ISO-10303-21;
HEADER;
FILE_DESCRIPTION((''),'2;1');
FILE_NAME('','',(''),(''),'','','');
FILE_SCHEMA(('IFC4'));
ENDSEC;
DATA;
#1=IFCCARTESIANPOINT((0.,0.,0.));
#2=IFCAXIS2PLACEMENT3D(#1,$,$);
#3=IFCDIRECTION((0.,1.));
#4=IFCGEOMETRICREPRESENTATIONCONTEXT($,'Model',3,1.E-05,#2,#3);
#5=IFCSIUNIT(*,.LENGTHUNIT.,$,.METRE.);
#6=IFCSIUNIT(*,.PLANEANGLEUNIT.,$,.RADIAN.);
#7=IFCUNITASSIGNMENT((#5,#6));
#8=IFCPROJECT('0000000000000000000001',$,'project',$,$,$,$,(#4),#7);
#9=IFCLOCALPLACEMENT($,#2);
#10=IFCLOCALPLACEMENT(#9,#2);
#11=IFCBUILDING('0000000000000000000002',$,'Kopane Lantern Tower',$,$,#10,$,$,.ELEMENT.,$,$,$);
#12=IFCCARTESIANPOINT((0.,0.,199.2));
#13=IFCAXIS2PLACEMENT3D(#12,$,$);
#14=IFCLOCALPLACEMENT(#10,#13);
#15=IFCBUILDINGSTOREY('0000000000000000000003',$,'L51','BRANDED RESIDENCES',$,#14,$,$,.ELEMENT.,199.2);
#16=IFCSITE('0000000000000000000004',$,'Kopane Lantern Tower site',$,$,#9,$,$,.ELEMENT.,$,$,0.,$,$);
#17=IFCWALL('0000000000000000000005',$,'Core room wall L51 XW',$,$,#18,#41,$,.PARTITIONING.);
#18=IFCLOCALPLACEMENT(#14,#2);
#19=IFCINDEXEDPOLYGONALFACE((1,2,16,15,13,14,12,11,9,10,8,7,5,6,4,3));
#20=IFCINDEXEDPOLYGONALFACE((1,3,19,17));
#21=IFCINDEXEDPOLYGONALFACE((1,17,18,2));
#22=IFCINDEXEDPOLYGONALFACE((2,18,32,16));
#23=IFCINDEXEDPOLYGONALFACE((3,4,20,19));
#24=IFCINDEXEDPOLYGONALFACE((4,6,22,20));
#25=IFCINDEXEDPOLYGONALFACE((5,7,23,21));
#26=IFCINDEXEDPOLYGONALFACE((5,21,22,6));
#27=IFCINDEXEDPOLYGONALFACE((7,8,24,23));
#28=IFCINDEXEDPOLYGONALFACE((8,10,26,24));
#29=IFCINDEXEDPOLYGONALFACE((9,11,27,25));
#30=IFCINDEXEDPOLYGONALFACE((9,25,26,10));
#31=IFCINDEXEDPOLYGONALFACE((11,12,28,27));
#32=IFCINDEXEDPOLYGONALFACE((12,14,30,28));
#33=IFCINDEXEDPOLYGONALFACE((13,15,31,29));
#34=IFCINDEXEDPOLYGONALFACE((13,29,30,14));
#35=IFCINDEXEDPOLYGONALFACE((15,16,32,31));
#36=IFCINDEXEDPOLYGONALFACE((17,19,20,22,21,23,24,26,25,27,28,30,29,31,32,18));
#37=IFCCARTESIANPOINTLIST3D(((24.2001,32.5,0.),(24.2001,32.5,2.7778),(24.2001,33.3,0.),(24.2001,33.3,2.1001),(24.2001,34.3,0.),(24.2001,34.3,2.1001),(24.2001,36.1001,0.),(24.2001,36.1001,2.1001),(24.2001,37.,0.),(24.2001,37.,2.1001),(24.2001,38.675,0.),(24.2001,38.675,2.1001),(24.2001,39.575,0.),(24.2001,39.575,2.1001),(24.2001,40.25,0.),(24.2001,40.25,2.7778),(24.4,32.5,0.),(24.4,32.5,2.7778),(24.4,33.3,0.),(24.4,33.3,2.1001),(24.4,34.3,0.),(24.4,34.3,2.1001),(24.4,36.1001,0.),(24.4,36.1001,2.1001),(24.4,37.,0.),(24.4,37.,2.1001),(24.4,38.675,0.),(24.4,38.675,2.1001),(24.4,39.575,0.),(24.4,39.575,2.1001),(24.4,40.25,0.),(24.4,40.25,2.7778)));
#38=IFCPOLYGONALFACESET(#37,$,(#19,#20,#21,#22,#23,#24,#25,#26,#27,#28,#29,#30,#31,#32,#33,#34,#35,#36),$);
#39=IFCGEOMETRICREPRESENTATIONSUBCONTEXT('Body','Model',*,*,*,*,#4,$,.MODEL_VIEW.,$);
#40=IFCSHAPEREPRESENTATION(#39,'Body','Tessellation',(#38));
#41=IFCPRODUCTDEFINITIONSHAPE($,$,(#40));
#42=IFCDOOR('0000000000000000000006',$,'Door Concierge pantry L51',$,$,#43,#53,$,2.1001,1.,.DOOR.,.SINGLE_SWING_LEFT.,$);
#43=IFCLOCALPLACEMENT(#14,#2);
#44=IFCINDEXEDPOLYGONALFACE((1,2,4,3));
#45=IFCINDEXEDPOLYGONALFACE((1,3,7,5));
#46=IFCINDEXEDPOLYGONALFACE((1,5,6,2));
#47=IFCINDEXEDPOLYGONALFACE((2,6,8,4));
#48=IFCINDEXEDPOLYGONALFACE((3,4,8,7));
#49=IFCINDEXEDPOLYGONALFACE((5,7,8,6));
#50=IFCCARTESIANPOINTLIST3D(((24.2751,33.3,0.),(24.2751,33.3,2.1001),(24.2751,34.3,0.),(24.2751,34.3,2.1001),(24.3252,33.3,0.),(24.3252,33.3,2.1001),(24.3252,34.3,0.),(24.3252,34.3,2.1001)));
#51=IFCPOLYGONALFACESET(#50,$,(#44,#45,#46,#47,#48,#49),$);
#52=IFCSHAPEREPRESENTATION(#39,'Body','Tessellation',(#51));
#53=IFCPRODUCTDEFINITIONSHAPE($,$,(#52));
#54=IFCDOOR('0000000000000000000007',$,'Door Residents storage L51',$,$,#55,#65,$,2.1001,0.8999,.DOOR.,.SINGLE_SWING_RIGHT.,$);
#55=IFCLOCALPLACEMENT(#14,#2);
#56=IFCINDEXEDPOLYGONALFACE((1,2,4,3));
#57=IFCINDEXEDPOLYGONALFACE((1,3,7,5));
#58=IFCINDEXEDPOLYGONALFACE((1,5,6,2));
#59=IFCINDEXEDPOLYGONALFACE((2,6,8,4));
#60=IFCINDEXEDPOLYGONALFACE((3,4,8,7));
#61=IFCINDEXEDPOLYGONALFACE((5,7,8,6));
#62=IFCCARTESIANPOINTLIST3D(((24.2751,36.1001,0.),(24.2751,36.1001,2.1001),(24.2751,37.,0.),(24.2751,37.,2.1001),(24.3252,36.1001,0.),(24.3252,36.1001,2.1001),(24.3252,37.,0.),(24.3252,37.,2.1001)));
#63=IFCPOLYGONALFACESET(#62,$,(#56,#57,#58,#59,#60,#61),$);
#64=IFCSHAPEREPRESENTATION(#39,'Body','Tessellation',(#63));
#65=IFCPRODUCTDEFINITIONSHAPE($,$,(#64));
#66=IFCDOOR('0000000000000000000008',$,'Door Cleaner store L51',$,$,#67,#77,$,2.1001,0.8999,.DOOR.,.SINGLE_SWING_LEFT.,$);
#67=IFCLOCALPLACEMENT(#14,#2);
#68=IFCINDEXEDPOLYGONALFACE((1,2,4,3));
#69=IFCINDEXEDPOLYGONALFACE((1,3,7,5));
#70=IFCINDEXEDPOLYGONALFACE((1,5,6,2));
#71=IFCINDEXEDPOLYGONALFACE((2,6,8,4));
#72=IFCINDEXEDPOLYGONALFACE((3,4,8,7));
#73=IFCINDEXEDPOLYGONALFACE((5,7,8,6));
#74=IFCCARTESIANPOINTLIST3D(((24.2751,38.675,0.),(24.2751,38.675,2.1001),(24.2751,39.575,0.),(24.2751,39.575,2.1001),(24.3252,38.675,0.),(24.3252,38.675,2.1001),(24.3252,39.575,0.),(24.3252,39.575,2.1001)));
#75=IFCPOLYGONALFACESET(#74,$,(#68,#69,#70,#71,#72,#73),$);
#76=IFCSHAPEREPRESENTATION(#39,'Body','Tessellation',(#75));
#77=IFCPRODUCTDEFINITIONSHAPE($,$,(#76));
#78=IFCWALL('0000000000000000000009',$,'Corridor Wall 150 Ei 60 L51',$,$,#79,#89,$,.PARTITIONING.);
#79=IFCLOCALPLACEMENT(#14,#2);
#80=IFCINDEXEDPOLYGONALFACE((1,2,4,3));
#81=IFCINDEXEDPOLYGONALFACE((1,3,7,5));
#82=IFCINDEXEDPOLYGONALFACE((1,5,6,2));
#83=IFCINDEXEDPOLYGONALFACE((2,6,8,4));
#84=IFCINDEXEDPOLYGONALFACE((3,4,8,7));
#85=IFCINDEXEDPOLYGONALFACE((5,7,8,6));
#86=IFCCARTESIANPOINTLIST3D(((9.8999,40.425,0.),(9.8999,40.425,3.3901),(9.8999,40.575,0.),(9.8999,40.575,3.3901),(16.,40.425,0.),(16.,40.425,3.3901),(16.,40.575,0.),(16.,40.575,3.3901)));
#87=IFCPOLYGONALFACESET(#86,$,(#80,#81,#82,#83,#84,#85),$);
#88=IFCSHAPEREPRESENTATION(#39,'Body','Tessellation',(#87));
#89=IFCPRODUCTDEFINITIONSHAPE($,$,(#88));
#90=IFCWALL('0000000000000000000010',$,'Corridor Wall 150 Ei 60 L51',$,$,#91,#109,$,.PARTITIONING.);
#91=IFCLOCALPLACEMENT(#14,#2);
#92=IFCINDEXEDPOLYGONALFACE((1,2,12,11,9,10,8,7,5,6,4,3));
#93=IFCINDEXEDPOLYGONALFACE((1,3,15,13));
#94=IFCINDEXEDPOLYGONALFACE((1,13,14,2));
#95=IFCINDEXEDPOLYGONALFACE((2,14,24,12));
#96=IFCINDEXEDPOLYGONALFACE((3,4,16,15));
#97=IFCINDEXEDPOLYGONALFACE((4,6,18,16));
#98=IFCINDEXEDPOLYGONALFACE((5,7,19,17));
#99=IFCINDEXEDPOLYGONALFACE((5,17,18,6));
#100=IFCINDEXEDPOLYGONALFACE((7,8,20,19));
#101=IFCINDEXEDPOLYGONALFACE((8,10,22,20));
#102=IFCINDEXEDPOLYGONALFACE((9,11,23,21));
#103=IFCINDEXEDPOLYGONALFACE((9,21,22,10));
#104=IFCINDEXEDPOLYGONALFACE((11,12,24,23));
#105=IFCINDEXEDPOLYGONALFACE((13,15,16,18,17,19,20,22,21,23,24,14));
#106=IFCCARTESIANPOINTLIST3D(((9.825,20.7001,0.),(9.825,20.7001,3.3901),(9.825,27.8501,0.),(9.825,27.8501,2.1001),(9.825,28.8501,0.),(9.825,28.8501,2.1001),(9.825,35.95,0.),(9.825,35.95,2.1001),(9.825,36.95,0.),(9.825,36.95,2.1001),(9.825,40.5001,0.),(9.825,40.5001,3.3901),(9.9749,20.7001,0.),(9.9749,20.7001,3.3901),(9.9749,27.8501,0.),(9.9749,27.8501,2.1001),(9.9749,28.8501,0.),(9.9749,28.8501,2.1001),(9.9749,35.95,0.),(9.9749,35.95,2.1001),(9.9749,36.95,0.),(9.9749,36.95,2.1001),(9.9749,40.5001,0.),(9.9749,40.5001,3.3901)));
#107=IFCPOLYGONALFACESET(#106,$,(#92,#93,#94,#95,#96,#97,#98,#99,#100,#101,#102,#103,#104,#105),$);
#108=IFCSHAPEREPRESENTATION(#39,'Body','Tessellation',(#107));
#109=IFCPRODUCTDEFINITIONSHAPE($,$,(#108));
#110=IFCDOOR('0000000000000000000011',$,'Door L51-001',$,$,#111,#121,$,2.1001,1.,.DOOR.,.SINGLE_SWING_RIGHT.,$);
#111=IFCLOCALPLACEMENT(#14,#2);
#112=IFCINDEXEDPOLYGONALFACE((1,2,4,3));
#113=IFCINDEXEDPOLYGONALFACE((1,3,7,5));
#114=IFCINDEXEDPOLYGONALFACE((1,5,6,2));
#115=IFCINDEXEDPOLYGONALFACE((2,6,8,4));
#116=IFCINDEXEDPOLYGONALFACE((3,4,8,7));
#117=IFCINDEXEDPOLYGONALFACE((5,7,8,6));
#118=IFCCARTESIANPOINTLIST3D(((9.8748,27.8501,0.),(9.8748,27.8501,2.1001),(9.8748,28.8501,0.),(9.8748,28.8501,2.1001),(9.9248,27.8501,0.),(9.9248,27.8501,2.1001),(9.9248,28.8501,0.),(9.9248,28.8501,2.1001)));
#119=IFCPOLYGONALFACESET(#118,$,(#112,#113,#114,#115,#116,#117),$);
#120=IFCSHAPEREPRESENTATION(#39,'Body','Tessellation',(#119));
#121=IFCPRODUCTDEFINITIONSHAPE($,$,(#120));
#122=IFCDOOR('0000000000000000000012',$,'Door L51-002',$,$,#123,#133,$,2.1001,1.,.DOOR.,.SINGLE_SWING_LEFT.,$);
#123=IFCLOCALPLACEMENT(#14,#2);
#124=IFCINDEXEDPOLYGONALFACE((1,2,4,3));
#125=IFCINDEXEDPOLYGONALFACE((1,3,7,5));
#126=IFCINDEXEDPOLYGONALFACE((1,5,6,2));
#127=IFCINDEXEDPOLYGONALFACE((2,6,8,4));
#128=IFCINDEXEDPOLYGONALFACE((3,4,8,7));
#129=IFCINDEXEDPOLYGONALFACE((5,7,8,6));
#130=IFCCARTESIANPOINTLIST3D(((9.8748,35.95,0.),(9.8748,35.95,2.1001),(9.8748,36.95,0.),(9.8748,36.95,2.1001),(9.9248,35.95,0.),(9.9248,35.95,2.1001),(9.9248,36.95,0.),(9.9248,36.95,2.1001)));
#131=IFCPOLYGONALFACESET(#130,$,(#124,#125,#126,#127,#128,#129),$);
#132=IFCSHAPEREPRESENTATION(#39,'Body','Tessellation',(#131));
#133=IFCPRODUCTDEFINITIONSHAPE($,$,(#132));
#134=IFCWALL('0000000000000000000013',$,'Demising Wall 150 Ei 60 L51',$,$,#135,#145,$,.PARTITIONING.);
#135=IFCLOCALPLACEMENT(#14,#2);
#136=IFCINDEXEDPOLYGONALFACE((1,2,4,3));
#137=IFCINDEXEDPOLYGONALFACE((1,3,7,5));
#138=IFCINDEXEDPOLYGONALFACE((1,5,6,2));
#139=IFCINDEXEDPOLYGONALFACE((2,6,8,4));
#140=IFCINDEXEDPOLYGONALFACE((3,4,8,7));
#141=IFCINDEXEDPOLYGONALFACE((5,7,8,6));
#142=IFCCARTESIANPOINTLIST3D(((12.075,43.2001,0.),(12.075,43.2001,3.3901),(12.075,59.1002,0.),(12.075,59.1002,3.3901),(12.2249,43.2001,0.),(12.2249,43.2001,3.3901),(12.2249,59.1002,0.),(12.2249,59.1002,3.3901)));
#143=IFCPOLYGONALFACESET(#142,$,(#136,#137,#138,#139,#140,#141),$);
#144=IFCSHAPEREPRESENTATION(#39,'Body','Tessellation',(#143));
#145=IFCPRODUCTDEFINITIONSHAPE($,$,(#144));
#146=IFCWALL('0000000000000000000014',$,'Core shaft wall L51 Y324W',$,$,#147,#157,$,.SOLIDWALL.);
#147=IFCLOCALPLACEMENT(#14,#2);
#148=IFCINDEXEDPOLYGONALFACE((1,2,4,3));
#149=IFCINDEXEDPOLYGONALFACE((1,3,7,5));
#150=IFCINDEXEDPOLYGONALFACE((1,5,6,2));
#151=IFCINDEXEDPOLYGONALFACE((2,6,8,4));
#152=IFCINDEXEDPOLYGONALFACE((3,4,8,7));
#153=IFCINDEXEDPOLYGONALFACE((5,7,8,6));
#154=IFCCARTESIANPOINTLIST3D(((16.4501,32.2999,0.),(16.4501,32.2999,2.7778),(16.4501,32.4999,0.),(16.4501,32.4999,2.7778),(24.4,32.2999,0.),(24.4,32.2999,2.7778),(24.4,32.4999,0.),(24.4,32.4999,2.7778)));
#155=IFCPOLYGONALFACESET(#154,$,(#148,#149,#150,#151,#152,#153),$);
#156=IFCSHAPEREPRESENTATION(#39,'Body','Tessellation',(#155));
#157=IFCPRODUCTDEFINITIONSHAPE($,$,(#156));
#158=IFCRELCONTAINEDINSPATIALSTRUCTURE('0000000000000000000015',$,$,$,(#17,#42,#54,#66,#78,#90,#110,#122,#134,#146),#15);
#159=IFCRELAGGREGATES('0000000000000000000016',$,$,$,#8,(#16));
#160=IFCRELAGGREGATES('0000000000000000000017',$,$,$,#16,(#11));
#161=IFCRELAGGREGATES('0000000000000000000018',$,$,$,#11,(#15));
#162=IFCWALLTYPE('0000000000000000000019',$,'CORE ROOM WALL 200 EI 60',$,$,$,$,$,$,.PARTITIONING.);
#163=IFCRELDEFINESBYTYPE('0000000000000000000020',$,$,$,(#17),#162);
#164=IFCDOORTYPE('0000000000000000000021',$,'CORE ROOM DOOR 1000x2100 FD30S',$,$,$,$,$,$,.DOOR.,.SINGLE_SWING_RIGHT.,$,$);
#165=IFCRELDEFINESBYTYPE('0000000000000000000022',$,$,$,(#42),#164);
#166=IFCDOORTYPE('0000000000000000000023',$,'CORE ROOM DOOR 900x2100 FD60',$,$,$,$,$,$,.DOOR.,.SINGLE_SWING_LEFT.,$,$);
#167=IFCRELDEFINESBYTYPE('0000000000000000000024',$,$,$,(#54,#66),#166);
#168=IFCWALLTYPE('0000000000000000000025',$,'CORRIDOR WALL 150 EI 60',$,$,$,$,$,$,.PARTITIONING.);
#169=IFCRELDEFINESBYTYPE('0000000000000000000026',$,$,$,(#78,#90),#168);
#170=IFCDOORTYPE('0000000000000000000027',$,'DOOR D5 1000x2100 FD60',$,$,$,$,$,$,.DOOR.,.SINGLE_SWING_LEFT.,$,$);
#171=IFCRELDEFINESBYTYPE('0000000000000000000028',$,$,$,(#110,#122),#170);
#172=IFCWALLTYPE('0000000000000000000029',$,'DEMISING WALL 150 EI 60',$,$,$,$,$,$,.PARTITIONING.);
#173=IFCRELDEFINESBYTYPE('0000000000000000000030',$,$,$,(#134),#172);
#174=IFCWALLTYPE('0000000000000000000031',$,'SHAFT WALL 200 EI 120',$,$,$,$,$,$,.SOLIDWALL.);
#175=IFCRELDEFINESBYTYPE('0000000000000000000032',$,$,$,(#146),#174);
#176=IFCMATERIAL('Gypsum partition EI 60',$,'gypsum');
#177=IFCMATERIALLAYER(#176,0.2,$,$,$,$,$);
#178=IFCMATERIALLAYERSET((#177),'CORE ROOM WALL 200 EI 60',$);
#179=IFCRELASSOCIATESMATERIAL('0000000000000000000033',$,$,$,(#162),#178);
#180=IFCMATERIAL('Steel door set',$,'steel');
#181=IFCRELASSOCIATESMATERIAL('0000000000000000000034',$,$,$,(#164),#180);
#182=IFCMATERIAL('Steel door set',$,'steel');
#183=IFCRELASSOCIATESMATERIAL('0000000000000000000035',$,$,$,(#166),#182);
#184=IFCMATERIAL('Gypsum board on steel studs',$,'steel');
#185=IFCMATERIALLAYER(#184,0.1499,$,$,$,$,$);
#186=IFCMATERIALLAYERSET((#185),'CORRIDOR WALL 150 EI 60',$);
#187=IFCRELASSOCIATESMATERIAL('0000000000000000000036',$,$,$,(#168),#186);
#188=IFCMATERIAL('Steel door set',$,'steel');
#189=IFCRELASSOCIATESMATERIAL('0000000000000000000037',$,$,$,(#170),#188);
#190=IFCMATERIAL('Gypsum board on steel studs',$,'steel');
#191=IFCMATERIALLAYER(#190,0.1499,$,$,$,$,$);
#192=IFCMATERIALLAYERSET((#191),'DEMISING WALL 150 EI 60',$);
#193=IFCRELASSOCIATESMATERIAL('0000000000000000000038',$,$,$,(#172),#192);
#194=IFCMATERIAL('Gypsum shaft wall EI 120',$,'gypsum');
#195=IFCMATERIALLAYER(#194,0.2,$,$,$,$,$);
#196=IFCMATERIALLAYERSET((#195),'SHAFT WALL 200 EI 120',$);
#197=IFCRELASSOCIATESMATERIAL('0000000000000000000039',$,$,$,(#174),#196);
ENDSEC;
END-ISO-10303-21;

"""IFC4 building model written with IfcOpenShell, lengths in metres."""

from ifc_helpers import new_model, si_unit, direction, frame, frame_2d, origin, place, context, subcontext, project, spatial, rectangle, extrude, material, layer, layer_set, type_object, element, fill, save


model = new_model("IFC4")

# Units and contexts
model_context = context("Model", 3, precision=1e-05, world=origin(), true_north=direction((0.0, 1.0)))
body_context = subcontext(model_context, "Body", "Model", "MODEL_VIEW")
ifc_project = project(units=[si_unit("LENGTHUNIT", "METRE"), si_unit("PLANEANGLEUNIT", "RADIAN")], contexts=[model_context])

# Site, building, storey
site_placement = place(None, origin())
site = spatial("IfcSite", under=ifc_project, at=site_placement, Name="Kopane Lantern Tower site", CompositionType="ELEMENT", RefElevation=0.0)
building_placement = place(site_placement, origin())
building = spatial("IfcBuilding", under=site, at=building_placement, Name="Kopane Lantern Tower", CompositionType="ELEMENT")
storey_placement = place(building_placement, frame((0.0, 0.0, 199.2)))
storey = spatial("IfcBuildingStorey", under=building, at=storey_placement, Name="L51", Description="BRANDED RESIDENCES", CompositionType="ELEMENT", Elevation=199.2)

# Wall, openings, doors
ifc_material_1 = material(Name="Gypsum partition EI 60", Category="gypsum")
ifc_layer_1 = layer(ifc_material_1, 0.2)
ifc_layer_set_1 = layer_set([ifc_layer_1], Name="CORE ROOM WALL 200 EI 60")
wall_type_1 = type_object("IfcWallType", Name="CORE ROOM WALL 200 EI 60", PredefinedType="PARTITIONING", material=ifc_layer_set_1)
wall_1_placement = place(storey_placement, frame((24.3, 32.5, 0.0), z_axis=(0.0, 0.0, 1.0), x_axis=(0.0, 1.0, 0.0)))
wall_1 = element("IfcWall", 1, at=wall_1_placement, inside=storey, type_object=wall_type_1, Name="Core room wall L51 XW", PredefinedType="PARTITIONING", context=body_context, shape_type="SweptSolid", body=[
    extrude(rectangle(XDim=7.75, YDim=0.2, at=frame_2d((3.875, 0.0))), origin(), (0.0, 0.0, 1.0), 2.7778),
])
opening_1_placement = place(wall_1_placement, frame((0.8, 0.0, 0.0)))
opening_1 = element("IfcOpeningElement", 2, at=opening_1_placement, cuts=wall_1, PredefinedType="OPENING", context=body_context, shape_type="SweptSolid", body=[
    extrude(rectangle(XDim=1.0, YDim=2.1001, at=frame_2d((0.5, 1.05))), frame((0.0, 0.1099, 0.0), z_axis=(0.0, -1.0, 0.0), x_axis=(1.0, 0.0, 0.0)), (0.0, 0.0, 1.0), 0.22),
])
opening_2_placement = place(wall_1_placement, frame((3.6001, 0.0, 0.0)))
opening_2 = element("IfcOpeningElement", 3, at=opening_2_placement, cuts=wall_1, PredefinedType="OPENING", context=body_context, shape_type="SweptSolid", body=[
    extrude(rectangle(XDim=0.8999, YDim=2.1001, at=frame_2d((0.45, 1.05))), frame((0.0, 0.1099, 0.0), z_axis=(0.0, -1.0, 0.0), x_axis=(1.0, 0.0, 0.0)), (0.0, 0.0, 1.0), 0.22),
])
opening_3_placement = place(wall_1_placement, frame((6.175, 0.0, 0.0)))
opening_3 = element("IfcOpeningElement", 4, at=opening_3_placement, cuts=wall_1, PredefinedType="OPENING", context=body_context, shape_type="SweptSolid", body=[
    extrude(rectangle(XDim=0.8999, YDim=2.1001, at=frame_2d((0.45, 1.05))), frame((0.0, 0.1099, 0.0), z_axis=(0.0, -1.0, 0.0), x_axis=(1.0, 0.0, 0.0)), (0.0, 0.0, 1.0), 0.22),
])
ifc_material_2 = material(Name="Steel door set", Category="steel")
door_type_1 = type_object("IfcDoorType", Name="CORE ROOM DOOR 1000x2100 FD30S", OperationType="SINGLE_SWING_RIGHT", PredefinedType="DOOR", material=ifc_material_2)
door_1_placement = place(opening_1_placement, origin())
door_1 = element("IfcDoor", 5, at=door_1_placement, inside=storey, type_object=door_type_1, Name="Door Concierge pantry L51", OperationType="SINGLE_SWING_LEFT", OverallHeight=2.1001, OverallWidth=1.0, PredefinedType="DOOR", context=body_context, shape_type="SweptSolid", body=[
    extrude(rectangle(XDim=1.0, YDim=2.1001, at=frame_2d((0.5, 1.05))), frame((0.0, 0.0249, 0.0), z_axis=(0.0, -1.0, 0.0), x_axis=(1.0, 0.0, 0.0)), (0.0, 0.0, 1.0), 0.05),
])
fill(opening_1, door_1)
ifc_material_3 = material(Name="Steel door set", Category="steel")
door_type_2 = type_object("IfcDoorType", Name="CORE ROOM DOOR 900x2100 FD60", OperationType="SINGLE_SWING_LEFT", PredefinedType="DOOR", material=ifc_material_3)
door_2_placement = place(opening_2_placement, origin())
door_2 = element("IfcDoor", 6, at=door_2_placement, inside=storey, type_object=door_type_2, Name="Door Residents storage L51", OperationType="SINGLE_SWING_RIGHT", OverallHeight=2.1001, OverallWidth=0.8999, PredefinedType="DOOR", context=body_context, shape_type="SweptSolid", body=[
    extrude(rectangle(XDim=0.8999, YDim=2.1001, at=frame_2d((0.45, 1.05))), frame((0.0, 0.0249, 0.0), z_axis=(0.0, -1.0, 0.0), x_axis=(1.0, 0.0, 0.0)), (0.0, 0.0, 1.0), 0.05),
])
fill(opening_2, door_2)
door_3_placement = place(opening_3_placement, origin())
door_3 = element("IfcDoor", 7, at=door_3_placement, inside=storey, type_object=door_type_2, Name="Door Cleaner store L51", OperationType="SINGLE_SWING_LEFT", OverallHeight=2.1001, OverallWidth=0.8999, PredefinedType="DOOR", context=body_context, shape_type="SweptSolid", body=[
    extrude(rectangle(XDim=0.8999, YDim=2.1001, at=frame_2d((0.45, 1.05))), frame((0.0, 0.0249, 0.0), z_axis=(0.0, -1.0, 0.0), x_axis=(1.0, 0.0, 0.0)), (0.0, 0.0, 1.0), 0.05),
])
fill(opening_3, door_3)

# Wall
ifc_material_4 = material(Name="Gypsum board on steel studs", Category="steel")
ifc_layer_2 = layer(ifc_material_4, 0.1499)
ifc_layer_set_2 = layer_set([ifc_layer_2], Name="CORRIDOR WALL 150 EI 60")
wall_type_2 = type_object("IfcWallType", Name="CORRIDOR WALL 150 EI 60", PredefinedType="PARTITIONING", material=ifc_layer_set_2)
wall_2_placement = place(storey_placement, frame((16.0, 40.5, 0.0), z_axis=(0.0, 0.0, 1.0), x_axis=(-1.0, 0.0, 0.0)))
element("IfcWall", 8, at=wall_2_placement, inside=storey, type_object=wall_type_2, Name="Corridor Wall 150 Ei 60 L51", PredefinedType="PARTITIONING", context=body_context, shape_type="SweptSolid", body=[
    extrude(rectangle(XDim=6.1001, YDim=0.1499, at=frame_2d((3.05, 0.0))), origin(), (0.0, 0.0, 1.0), 3.3901),
])

# Wall, openings, doors
wall_3_placement = place(storey_placement, frame((9.8999, 40.5, 0.0), z_axis=(0.0, 0.0, 1.0), x_axis=(0.0, -1.0, 0.0)))
wall_3 = element("IfcWall", 9, at=wall_3_placement, inside=storey, type_object=wall_type_2, Name="Corridor Wall 150 Ei 60 L51", PredefinedType="PARTITIONING", context=body_context, shape_type="SweptSolid", body=[
    extrude(rectangle(XDim=19.8, YDim=0.1499, at=frame_2d((9.8999, 0.0))), origin(), (0.0, 0.0, 1.0), 3.3901),
])
opening_4_placement = place(wall_3_placement, frame((11.6499, 0.0, 0.0)))
opening_4 = element("IfcOpeningElement", 10, at=opening_4_placement, cuts=wall_3, PredefinedType="OPENING", context=body_context, shape_type="SweptSolid", body=[
    extrude(rectangle(XDim=1.0, YDim=2.1001, at=frame_2d((0.5, 1.05))), frame((0.0, 0.085, 0.0), z_axis=(0.0, -1.0, 0.0), x_axis=(1.0, 0.0, 0.0)), (0.0, 0.0, 1.0), 0.1699),
])
opening_5_placement = place(wall_3_placement, frame((3.55, 0.0, 0.0)))
opening_5 = element("IfcOpeningElement", 11, at=opening_5_placement, cuts=wall_3, PredefinedType="OPENING", context=body_context, shape_type="SweptSolid", body=[
    extrude(rectangle(XDim=1.0, YDim=2.1001, at=frame_2d((0.5, 1.05))), frame((0.0, 0.085, 0.0), z_axis=(0.0, -1.0, 0.0), x_axis=(1.0, 0.0, 0.0)), (0.0, 0.0, 1.0), 0.1699),
])
ifc_material_5 = material(Name="Steel door set", Category="steel")
door_type_3 = type_object("IfcDoorType", Name="DOOR D5 1000x2100 FD60", OperationType="SINGLE_SWING_LEFT", PredefinedType="DOOR", material=ifc_material_5)
door_4_placement = place(opening_4_placement, origin())
door_4 = element("IfcDoor", 12, at=door_4_placement, inside=storey, type_object=door_type_3, Name="Door L51-001", OperationType="SINGLE_SWING_RIGHT", OverallHeight=2.1001, OverallWidth=1.0, PredefinedType="DOOR", context=body_context, shape_type="SweptSolid", body=[
    extrude(rectangle(XDim=1.0, YDim=2.1001, at=frame_2d((0.5, 1.05))), frame((0.0, 0.0249, 0.0), z_axis=(0.0, -1.0, 0.0), x_axis=(1.0, 0.0, 0.0)), (0.0, 0.0, 1.0), 0.05),
])
fill(opening_4, door_4)
door_5_placement = place(opening_5_placement, origin())
door_5 = element("IfcDoor", 13, at=door_5_placement, inside=storey, type_object=door_type_3, Name="Door L51-002", OperationType="SINGLE_SWING_LEFT", OverallHeight=2.1001, OverallWidth=1.0, PredefinedType="DOOR", context=body_context, shape_type="SweptSolid", body=[
    extrude(rectangle(XDim=1.0, YDim=2.1001, at=frame_2d((0.5, 1.05))), frame((0.0, 0.0249, 0.0), z_axis=(0.0, -1.0, 0.0), x_axis=(1.0, 0.0, 0.0)), (0.0, 0.0, 1.0), 0.05),
])
fill(opening_5, door_5)

# Walls
ifc_material_6 = material(Name="Gypsum board on steel studs", Category="steel")
ifc_layer_3 = layer(ifc_material_6, 0.1499)
ifc_layer_set_3 = layer_set([ifc_layer_3], Name="DEMISING WALL 150 EI 60")
wall_type_3 = type_object("IfcWallType", Name="DEMISING WALL 150 EI 60", PredefinedType="PARTITIONING", material=ifc_layer_set_3)
wall_4_placement = place(storey_placement, frame((12.1499, 43.2, 0.0), z_axis=(0.0, 0.0, 1.0), x_axis=(0.0, 1.0, 0.0)))
element("IfcWall", 14, at=wall_4_placement, inside=storey, type_object=wall_type_3, Name="Demising Wall 150 Ei 60 L51", PredefinedType="PARTITIONING", context=body_context, shape_type="SweptSolid", body=[
    extrude(rectangle(XDim=15.9001, YDim=0.1499, at=frame_2d((7.9502, 0.0))), origin(), (0.0, 0.0, 1.0), 3.3901),
])
ifc_material_7 = material(Name="Gypsum shaft wall EI 120", Category="gypsum")
ifc_layer_4 = layer(ifc_material_7, 0.2)
ifc_layer_set_4 = layer_set([ifc_layer_4], Name="SHAFT WALL 200 EI 120")
wall_type_4 = type_object("IfcWallType", Name="SHAFT WALL 200 EI 120", PredefinedType="SOLIDWALL", material=ifc_layer_set_4)
wall_5_placement = place(storey_placement, frame((16.45, 32.3999, 0.0), z_axis=(0.0, 0.0, 1.0), x_axis=(1.0, 0.0, 0.0)))
element("IfcWall", 15, at=wall_5_placement, inside=storey, type_object=wall_type_4, Name="Core shaft wall L51 Y324W", PredefinedType="SOLIDWALL", context=body_context, shape_type="SweptSolid", body=[
    extrude(rectangle(XDim=7.95, YDim=0.2, at=frame_2d((3.9751, 0.0))), origin(), (0.0, 0.0, 1.0), 2.7778),
])

save(model, "model.ifc")
